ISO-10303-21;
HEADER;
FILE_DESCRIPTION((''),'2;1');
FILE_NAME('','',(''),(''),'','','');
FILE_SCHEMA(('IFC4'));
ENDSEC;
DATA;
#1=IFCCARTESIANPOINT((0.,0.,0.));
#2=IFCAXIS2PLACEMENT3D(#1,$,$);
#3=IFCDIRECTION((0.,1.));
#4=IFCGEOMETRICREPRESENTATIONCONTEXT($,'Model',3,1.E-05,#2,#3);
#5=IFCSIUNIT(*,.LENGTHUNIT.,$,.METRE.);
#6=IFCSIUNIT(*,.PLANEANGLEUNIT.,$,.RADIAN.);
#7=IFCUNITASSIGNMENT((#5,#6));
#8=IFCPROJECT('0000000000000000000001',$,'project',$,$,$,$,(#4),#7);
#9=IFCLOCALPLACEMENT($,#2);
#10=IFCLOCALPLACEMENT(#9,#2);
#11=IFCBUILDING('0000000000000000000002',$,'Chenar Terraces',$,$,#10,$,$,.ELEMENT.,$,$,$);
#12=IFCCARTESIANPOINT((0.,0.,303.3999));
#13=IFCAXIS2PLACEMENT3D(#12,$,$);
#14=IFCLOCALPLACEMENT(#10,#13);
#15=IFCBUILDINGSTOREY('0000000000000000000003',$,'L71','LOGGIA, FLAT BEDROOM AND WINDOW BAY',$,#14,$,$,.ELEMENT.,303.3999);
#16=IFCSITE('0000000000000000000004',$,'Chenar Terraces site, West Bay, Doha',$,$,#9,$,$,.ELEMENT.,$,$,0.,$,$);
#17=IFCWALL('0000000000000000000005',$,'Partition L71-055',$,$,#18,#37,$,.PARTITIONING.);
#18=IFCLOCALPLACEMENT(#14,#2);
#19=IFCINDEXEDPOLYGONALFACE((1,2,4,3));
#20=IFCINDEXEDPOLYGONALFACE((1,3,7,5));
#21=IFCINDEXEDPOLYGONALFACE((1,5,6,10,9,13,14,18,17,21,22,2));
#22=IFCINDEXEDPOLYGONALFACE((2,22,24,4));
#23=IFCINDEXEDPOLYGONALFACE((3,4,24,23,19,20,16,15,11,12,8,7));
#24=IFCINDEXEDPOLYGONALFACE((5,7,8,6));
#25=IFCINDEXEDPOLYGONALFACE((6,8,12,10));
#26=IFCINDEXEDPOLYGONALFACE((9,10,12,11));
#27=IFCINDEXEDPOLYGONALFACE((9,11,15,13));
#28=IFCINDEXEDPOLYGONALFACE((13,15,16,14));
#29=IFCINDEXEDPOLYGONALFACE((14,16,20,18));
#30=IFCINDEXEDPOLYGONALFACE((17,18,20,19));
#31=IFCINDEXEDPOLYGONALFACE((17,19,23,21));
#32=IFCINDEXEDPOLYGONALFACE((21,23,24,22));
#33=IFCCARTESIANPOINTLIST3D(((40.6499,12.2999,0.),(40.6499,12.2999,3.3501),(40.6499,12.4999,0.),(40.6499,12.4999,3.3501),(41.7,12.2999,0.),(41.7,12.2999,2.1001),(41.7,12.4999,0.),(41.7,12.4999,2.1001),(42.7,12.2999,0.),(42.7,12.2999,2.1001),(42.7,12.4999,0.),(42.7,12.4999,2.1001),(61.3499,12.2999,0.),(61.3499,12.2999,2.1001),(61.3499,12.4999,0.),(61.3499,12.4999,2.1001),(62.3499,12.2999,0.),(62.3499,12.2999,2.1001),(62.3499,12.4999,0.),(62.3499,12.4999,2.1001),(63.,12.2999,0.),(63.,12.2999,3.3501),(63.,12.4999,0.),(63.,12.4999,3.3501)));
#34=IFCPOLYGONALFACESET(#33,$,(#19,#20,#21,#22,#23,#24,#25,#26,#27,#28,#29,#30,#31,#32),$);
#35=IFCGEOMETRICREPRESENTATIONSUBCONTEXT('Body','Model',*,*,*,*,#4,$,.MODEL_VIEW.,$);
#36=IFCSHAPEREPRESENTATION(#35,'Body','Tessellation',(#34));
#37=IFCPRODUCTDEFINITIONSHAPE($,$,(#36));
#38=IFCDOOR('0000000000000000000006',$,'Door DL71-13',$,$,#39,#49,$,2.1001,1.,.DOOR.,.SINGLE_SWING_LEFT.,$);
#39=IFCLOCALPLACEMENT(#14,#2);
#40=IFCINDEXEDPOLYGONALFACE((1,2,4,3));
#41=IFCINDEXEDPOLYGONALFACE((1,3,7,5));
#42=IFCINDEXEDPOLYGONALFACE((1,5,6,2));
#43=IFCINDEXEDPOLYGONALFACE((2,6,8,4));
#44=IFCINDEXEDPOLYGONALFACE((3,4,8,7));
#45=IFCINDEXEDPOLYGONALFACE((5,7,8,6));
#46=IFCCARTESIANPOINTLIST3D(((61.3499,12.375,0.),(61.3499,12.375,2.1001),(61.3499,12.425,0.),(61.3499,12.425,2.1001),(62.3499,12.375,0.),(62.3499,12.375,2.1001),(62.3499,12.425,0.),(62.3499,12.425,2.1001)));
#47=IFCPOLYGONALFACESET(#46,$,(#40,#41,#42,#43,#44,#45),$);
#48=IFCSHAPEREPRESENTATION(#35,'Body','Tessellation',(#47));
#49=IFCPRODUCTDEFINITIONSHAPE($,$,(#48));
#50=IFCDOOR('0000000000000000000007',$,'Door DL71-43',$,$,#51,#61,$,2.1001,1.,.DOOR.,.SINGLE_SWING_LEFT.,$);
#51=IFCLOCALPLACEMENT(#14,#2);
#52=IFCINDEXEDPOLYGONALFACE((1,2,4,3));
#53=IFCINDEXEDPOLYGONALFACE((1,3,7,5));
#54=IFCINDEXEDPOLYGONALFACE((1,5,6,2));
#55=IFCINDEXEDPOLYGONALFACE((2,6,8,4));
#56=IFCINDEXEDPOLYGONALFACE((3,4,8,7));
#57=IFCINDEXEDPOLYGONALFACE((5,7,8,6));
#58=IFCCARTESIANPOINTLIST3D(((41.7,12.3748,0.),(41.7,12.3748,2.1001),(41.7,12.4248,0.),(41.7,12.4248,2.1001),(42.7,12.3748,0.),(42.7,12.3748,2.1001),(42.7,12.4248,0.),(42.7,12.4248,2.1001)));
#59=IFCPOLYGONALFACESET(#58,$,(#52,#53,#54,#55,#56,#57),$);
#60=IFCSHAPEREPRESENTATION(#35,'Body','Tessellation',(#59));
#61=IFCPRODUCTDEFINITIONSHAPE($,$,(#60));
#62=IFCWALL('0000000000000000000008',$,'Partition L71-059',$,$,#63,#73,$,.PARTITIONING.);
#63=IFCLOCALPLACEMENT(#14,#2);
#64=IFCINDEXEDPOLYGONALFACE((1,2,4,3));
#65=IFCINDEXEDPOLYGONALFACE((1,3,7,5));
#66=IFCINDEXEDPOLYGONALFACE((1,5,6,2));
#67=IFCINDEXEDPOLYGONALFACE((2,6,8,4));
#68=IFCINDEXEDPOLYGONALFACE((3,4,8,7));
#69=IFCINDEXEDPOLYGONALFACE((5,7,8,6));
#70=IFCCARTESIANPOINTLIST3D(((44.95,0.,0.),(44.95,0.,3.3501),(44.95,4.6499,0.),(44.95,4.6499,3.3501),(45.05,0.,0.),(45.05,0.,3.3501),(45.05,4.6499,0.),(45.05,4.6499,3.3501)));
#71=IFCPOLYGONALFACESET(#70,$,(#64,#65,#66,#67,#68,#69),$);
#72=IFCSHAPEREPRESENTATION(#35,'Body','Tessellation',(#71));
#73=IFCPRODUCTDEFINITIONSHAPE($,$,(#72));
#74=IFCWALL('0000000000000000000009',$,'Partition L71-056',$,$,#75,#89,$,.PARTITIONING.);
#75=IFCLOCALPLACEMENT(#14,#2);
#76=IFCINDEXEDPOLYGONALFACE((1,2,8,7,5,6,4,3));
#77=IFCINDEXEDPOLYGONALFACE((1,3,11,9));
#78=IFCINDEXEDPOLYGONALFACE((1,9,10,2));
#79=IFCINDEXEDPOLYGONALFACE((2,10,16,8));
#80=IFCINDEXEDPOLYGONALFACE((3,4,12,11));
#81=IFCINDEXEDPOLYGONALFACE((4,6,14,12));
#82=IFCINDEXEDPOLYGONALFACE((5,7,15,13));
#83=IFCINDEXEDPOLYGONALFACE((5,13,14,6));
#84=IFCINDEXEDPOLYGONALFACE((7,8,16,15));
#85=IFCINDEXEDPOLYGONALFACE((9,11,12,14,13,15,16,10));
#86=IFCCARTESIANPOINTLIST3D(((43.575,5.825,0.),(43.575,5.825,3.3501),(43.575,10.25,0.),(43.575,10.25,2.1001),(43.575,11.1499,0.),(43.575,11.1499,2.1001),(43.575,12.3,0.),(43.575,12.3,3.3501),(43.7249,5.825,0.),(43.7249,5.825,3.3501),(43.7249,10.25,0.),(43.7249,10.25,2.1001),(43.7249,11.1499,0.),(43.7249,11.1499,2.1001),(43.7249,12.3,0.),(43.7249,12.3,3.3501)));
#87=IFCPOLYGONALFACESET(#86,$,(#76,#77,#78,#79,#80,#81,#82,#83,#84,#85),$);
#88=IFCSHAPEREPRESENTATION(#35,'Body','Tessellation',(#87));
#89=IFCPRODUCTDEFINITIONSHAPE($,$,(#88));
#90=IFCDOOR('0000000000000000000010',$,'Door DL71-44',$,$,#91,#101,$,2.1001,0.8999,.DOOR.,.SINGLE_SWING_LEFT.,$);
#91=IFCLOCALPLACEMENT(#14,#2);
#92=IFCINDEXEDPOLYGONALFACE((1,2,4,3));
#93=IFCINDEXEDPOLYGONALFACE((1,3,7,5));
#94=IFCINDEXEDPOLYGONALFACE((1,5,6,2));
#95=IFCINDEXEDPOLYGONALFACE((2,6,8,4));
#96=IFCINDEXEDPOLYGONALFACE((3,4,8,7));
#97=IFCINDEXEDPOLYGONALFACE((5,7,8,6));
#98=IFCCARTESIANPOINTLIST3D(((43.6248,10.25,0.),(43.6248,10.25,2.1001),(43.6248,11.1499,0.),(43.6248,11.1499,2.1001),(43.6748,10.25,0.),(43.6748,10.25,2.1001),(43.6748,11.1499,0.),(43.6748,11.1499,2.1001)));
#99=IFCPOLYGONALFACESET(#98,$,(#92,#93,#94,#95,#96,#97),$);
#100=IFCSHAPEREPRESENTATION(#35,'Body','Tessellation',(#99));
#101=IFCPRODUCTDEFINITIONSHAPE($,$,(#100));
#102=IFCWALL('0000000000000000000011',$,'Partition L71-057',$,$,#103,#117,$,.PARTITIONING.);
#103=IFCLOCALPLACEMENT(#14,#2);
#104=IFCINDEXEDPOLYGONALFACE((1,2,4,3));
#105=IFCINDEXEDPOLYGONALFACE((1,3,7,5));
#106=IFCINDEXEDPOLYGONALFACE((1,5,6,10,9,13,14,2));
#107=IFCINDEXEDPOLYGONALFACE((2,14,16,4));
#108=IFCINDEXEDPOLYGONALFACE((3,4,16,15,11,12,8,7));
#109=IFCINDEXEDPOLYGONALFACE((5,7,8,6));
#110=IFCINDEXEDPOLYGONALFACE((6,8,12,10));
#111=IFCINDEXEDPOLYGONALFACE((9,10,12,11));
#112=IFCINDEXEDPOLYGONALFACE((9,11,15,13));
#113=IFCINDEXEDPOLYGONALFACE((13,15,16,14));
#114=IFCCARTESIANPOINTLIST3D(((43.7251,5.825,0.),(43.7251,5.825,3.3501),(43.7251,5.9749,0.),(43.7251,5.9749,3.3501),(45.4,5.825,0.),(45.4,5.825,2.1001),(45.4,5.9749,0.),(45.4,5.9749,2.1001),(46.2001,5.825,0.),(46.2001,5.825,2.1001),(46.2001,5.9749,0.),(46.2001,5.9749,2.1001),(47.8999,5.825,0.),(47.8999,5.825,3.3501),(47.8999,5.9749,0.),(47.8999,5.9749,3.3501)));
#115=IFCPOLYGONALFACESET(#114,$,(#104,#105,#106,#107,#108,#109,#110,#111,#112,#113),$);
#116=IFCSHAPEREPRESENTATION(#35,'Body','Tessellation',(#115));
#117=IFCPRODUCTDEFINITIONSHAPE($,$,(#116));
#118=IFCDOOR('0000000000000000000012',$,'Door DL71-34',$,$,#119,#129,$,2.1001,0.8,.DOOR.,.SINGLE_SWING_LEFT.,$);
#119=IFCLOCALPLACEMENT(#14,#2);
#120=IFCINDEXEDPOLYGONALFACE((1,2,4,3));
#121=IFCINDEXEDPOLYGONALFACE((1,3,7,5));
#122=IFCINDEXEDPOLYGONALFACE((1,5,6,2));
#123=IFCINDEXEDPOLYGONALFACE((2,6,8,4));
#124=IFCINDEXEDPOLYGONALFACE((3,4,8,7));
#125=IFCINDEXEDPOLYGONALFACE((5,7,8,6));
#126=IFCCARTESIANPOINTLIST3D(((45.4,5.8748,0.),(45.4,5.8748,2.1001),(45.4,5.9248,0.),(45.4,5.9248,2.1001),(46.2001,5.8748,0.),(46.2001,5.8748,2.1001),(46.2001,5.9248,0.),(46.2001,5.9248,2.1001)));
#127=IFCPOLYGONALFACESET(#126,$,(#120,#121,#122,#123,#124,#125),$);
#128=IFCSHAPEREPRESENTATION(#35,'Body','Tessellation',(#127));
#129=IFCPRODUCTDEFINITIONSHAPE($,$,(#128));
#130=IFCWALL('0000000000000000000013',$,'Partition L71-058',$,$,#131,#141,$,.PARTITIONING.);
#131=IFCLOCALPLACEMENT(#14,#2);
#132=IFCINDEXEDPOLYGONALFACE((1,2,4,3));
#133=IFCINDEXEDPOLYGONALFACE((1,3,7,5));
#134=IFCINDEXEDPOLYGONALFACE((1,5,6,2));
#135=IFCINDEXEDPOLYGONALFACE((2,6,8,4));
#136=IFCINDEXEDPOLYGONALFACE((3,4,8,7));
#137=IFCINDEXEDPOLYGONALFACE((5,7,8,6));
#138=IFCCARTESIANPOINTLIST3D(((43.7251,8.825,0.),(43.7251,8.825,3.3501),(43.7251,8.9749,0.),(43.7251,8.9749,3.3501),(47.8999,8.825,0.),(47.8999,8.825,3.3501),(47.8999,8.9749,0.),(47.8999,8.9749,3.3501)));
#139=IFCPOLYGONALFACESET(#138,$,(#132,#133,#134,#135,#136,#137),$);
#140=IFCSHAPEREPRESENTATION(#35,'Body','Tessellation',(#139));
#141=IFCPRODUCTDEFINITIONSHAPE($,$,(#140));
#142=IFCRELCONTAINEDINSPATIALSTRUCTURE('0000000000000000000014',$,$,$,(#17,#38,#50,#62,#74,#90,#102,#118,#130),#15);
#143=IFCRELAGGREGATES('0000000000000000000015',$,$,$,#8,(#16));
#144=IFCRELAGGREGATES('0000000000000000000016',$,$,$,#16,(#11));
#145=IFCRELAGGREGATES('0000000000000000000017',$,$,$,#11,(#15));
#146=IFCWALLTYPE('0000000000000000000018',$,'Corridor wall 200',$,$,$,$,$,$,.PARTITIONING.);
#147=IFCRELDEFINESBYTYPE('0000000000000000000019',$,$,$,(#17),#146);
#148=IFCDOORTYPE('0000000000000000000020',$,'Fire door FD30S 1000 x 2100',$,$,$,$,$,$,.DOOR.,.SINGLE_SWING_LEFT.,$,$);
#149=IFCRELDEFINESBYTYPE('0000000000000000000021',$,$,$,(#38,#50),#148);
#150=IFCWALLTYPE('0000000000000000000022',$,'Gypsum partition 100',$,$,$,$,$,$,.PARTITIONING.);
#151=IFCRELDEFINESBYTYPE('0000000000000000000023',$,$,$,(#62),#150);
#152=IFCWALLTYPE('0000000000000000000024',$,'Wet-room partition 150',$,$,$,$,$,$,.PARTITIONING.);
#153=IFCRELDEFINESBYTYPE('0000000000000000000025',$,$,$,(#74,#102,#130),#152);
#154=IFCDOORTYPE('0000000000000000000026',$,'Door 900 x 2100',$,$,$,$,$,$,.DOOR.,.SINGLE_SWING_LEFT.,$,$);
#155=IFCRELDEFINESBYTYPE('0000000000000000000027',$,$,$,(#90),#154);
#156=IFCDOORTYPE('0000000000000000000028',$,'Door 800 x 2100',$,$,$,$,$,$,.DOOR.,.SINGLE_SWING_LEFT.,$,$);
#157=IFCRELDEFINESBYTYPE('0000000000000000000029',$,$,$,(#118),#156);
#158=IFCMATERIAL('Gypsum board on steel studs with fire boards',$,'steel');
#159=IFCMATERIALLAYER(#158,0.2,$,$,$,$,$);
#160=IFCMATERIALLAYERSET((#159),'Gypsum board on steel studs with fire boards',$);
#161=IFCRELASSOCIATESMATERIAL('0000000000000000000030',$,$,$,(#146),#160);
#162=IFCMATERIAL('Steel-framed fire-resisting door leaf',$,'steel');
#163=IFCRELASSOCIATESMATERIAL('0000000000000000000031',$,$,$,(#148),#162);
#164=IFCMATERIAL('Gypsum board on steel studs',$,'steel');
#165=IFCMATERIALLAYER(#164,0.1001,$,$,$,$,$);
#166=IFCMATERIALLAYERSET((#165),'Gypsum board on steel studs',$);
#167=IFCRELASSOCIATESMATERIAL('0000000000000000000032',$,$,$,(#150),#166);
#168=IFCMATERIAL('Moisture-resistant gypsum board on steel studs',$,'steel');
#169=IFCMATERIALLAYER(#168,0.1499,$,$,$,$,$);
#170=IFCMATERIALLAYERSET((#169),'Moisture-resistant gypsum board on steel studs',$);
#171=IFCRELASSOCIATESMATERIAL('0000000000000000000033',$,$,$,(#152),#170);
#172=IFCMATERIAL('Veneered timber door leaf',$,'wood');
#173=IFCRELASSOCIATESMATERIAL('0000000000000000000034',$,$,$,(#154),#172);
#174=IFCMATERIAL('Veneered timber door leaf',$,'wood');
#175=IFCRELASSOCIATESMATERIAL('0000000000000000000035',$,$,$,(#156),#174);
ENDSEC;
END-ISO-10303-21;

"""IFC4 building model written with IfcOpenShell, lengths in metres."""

from ifc_helpers import new_model, si_unit, direction, frame, frame_2d, origin, place, context, subcontext, project, spatial, rectangle, extrude, material, layer, layer_set, type_object, element, fill, save


model = new_model("IFC4")

# Units and contexts
model_context = context("Model", 3, precision=1e-05, world=origin(), true_north=direction((0.0, 1.0)))
body_context = subcontext(model_context, "Body", "Model", "MODEL_VIEW")
ifc_project = project(units=[si_unit("LENGTHUNIT", "METRE"), si_unit("PLANEANGLEUNIT", "RADIAN")], contexts=[model_context])

# Site, building, storey
site_placement = place(None, origin())
site = spatial("IfcSite", under=ifc_project, at=site_placement, Name="Chenar Terraces site, West Bay, Doha", CompositionType="ELEMENT", RefElevation=0.0)
building_placement = place(site_placement, origin())
building = spatial("IfcBuilding", under=site, at=building_placement, Name="Chenar Terraces", CompositionType="ELEMENT")
storey_placement = place(building_placement, frame((0.0, 0.0, 303.3999)))
storey = spatial("IfcBuildingStorey", under=building, at=storey_placement, Name="L71", Description="LOGGIA, FLAT BEDROOM AND WINDOW BAY", CompositionType="ELEMENT", Elevation=303.3999)

# Wall, openings, doors
ifc_material_1 = material(Name="Gypsum board on steel studs with fire boards", Category="steel")
ifc_layer_1 = layer(ifc_material_1, 0.2)
ifc_layer_set_1 = layer_set([ifc_layer_1], Name="Gypsum board on steel studs with fire boards")
wall_type_1 = type_object("IfcWallType", Name="Corridor wall 200", PredefinedType="PARTITIONING", material=ifc_layer_set_1)
wall_1_placement = place(storey_placement, frame((40.6499, 12.3999, 0.0), z_axis=(0.0, 0.0, 1.0), x_axis=(1.0, 0.0, 0.0)))
wall_1 = element("IfcWall", 1, at=wall_1_placement, inside=storey, type_object=wall_type_1, Name="Partition L71-055", PredefinedType="PARTITIONING", context=body_context, shape_type="SweptSolid", body=[
    extrude(rectangle(XDim=22.3501, YDim=0.2, at=frame_2d((11.175, 0.0))), origin(), (0.0, 0.0, 1.0), 3.3501),
])
opening_1_placement = place(wall_1_placement, frame((20.7, 0.0, 0.0)))
opening_1 = element("IfcOpeningElement", 2, at=opening_1_placement, cuts=wall_1, PredefinedType="OPENING", context=body_context, shape_type="SweptSolid", body=[
    extrude(rectangle(XDim=1.0, YDim=2.1001, at=frame_2d((0.5, 1.05))), frame((0.0, 0.1099, 0.0), z_axis=(0.0, -1.0, 0.0), x_axis=(1.0, 0.0, 0.0)), (0.0, 0.0, 1.0), 0.22),
])
opening_2_placement = place(wall_1_placement, frame((1.05, 0.0, 0.0)))
opening_2 = element("IfcOpeningElement", 3, at=opening_2_placement, cuts=wall_1, PredefinedType="OPENING", context=body_context, shape_type="SweptSolid", body=[
    extrude(rectangle(XDim=1.0, YDim=2.1001, at=frame_2d((0.5, 1.05))), frame((0.0, 0.1099, 0.0), z_axis=(0.0, -1.0, 0.0), x_axis=(1.0, 0.0, 0.0)), (0.0, 0.0, 1.0), 0.22),
])
ifc_material_2 = material(Name="Steel-framed fire-resisting door leaf", Category="steel")
door_type_1 = type_object("IfcDoorType", Name="Fire door FD30S 1000 x 2100", OperationType="SINGLE_SWING_LEFT", PredefinedType="DOOR", material=ifc_material_2)
door_1_placement = place(opening_1_placement, frame((1.0, 0.0, 0.0), z_axis=(0.0, 0.0, 1.0), x_axis=(-1.0, 0.0, 0.0)))
door_1 = element("IfcDoor", 4, at=door_1_placement, inside=storey, type_object=door_type_1, Name="Door DL71-13", OperationType="SINGLE_SWING_LEFT", OverallHeight=2.1001, OverallWidth=1.0, PredefinedType="DOOR", context=body_context, shape_type="SweptSolid", body=[
    extrude(rectangle(XDim=1.0, YDim=2.1001, at=frame_2d((0.5, 1.05))), frame((0.0, 0.0249, 0.0), z_axis=(0.0, -1.0, 0.0), x_axis=(1.0, 0.0, 0.0)), (0.0, 0.0, 1.0), 0.05),
])
fill(opening_1, door_1)
door_2_placement = place(opening_2_placement, origin())
door_2 = element("IfcDoor", 5, at=door_2_placement, inside=storey, type_object=door_type_1, Name="Door DL71-43", OperationType="SINGLE_SWING_LEFT", OverallHeight=2.1001, OverallWidth=1.0, PredefinedType="DOOR", context=body_context, shape_type="SweptSolid", body=[
    extrude(rectangle(XDim=1.0, YDim=2.1001, at=frame_2d((0.5, 1.05))), frame((0.0, 0.0249, 0.0), z_axis=(0.0, -1.0, 0.0), x_axis=(1.0, 0.0, 0.0)), (0.0, 0.0, 1.0), 0.05),
])
fill(opening_2, door_2)

# Wall
ifc_material_3 = material(Name="Gypsum board on steel studs", Category="steel")
ifc_layer_2 = layer(ifc_material_3, 0.1001)
ifc_layer_set_2 = layer_set([ifc_layer_2], Name="Gypsum board on steel studs")
wall_type_2 = type_object("IfcWallType", Name="Gypsum partition 100", PredefinedType="PARTITIONING", material=ifc_layer_set_2)
wall_2_placement = place(storey_placement, frame((45.0, 0.0, 0.0), z_axis=(0.0, 0.0, 1.0), x_axis=(0.0, 1.0, 0.0)))
element("IfcWall", 6, at=wall_2_placement, inside=storey, type_object=wall_type_2, Name="Partition L71-059", PredefinedType="PARTITIONING", context=body_context, shape_type="SweptSolid", body=[
    extrude(rectangle(XDim=4.6499, YDim=0.1001, at=frame_2d((2.325, 0.0))), origin(), (0.0, 0.0, 1.0), 3.3501),
])

# Walls, openings, doors
ifc_material_4 = material(Name="Moisture-resistant gypsum board on steel studs", Category="steel")
ifc_layer_3 = layer(ifc_material_4, 0.1499)
ifc_layer_set_3 = layer_set([ifc_layer_3], Name="Moisture-resistant gypsum board on steel studs")
wall_type_3 = type_object("IfcWallType", Name="Wet-room partition 150", PredefinedType="PARTITIONING", material=ifc_layer_set_3)
wall_3_placement = place(storey_placement, frame((43.6499, 5.825, 0.0), z_axis=(0.0, 0.0, 1.0), x_axis=(0.0, 1.0, 0.0)))
wall_3 = element("IfcWall", 7, at=wall_3_placement, inside=storey, type_object=wall_type_3, Name="Partition L71-056", PredefinedType="PARTITIONING", context=body_context, shape_type="SweptSolid", body=[
    extrude(rectangle(XDim=6.4751, YDim=0.1499, at=frame_2d((3.2375, 0.0))), origin(), (0.0, 0.0, 1.0), 3.3501),
])
opening_3_placement = place(wall_3_placement, frame((4.425, 0.0, 0.0)))
opening_3 = element("IfcOpeningElement", 8, at=opening_3_placement, cuts=wall_3, PredefinedType="OPENING", context=body_context, shape_type="SweptSolid", body=[
    extrude(rectangle(XDim=0.8999, YDim=2.1001, at=frame_2d((0.45, 1.05))), frame((0.0, 0.085, 0.0), z_axis=(0.0, -1.0, 0.0), x_axis=(1.0, 0.0, 0.0)), (0.0, 0.0, 1.0), 0.1699),
])
ifc_material_5 = material(Name="Veneered timber door leaf", Category="wood")
door_type_2 = type_object("IfcDoorType", Name="Door 900 x 2100", OperationType="SINGLE_SWING_LEFT", PredefinedType="DOOR", material=ifc_material_5)
door_3_placement = place(opening_3_placement, frame((0.8999, 0.0, 0.0), z_axis=(0.0, 0.0, 1.0), x_axis=(-1.0, 0.0, 0.0)))
door_3 = element("IfcDoor", 9, at=door_3_placement, inside=storey, type_object=door_type_2, Name="Door DL71-44", OperationType="SINGLE_SWING_LEFT", OverallHeight=2.1001, OverallWidth=0.8999, PredefinedType="DOOR", context=body_context, shape_type="SweptSolid", body=[
    extrude(rectangle(XDim=0.8999, YDim=2.1001, at=frame_2d((0.45, 1.05))), frame((0.0, 0.0249, 0.0), z_axis=(0.0, -1.0, 0.0), x_axis=(1.0, 0.0, 0.0)), (0.0, 0.0, 1.0), 0.05),
])
fill(opening_3, door_3)
wall_4_placement = place(storey_placement, frame((43.7251, 5.8999, 0.0), z_axis=(0.0, 0.0, 1.0), x_axis=(1.0, 0.0, 0.0)))
wall_4 = element("IfcWall", 10, at=wall_4_placement, inside=storey, type_object=wall_type_3, Name="Partition L71-057", PredefinedType="PARTITIONING", context=body_context, shape_type="SweptSolid", body=[
    extrude(rectangle(XDim=4.1748, YDim=0.1499, at=frame_2d((2.0874, 0.0))), origin(), (0.0, 0.0, 1.0), 3.3501),
])
opening_4_placement = place(wall_4_placement, frame((1.675, 0.0, 0.0)))
opening_4 = element("IfcOpeningElement", 11, at=opening_4_placement, cuts=wall_4, PredefinedType="OPENING", context=body_context, shape_type="SweptSolid", body=[
    extrude(rectangle(XDim=0.8, YDim=2.1001, at=frame_2d((0.3999, 1.05))), frame((0.0, 0.085, 0.0), z_axis=(0.0, -1.0, 0.0), x_axis=(1.0, 0.0, 0.0)), (0.0, 0.0, 1.0), 0.1699),
])
ifc_material_6 = material(Name="Veneered timber door leaf", Category="wood")
door_type_3 = type_object("IfcDoorType", Name="Door 800 x 2100", OperationType="SINGLE_SWING_LEFT", PredefinedType="DOOR", material=ifc_material_6)
door_4_placement = place(opening_4_placement, origin())
door_4 = element("IfcDoor", 12, at=door_4_placement, inside=storey, type_object=door_type_3, Name="Door DL71-34", OperationType="SINGLE_SWING_LEFT", OverallHeight=2.1001, OverallWidth=0.8, PredefinedType="DOOR", context=body_context, shape_type="SweptSolid", body=[
    extrude(rectangle(XDim=0.8, YDim=2.1001, at=frame_2d((0.3999, 1.05))), frame((0.0, 0.0249, 0.0), z_axis=(0.0, -1.0, 0.0), x_axis=(1.0, 0.0, 0.0)), (0.0, 0.0, 1.0), 0.05),
])
fill(opening_4, door_4)

# Wall
wall_5_placement = place(storey_placement, frame((43.7251, 8.8999, 0.0), z_axis=(0.0, 0.0, 1.0), x_axis=(1.0, 0.0, 0.0)))
element("IfcWall", 13, at=wall_5_placement, inside=storey, type_object=wall_type_3, Name="Partition L71-058", PredefinedType="PARTITIONING", context=body_context, shape_type="SweptSolid", body=[
    extrude(rectangle(XDim=4.1748, YDim=0.1499, at=frame_2d((2.0874, 0.0))), origin(), (0.0, 0.0, 1.0), 3.3501),
])

save(model, "model.ifc")
